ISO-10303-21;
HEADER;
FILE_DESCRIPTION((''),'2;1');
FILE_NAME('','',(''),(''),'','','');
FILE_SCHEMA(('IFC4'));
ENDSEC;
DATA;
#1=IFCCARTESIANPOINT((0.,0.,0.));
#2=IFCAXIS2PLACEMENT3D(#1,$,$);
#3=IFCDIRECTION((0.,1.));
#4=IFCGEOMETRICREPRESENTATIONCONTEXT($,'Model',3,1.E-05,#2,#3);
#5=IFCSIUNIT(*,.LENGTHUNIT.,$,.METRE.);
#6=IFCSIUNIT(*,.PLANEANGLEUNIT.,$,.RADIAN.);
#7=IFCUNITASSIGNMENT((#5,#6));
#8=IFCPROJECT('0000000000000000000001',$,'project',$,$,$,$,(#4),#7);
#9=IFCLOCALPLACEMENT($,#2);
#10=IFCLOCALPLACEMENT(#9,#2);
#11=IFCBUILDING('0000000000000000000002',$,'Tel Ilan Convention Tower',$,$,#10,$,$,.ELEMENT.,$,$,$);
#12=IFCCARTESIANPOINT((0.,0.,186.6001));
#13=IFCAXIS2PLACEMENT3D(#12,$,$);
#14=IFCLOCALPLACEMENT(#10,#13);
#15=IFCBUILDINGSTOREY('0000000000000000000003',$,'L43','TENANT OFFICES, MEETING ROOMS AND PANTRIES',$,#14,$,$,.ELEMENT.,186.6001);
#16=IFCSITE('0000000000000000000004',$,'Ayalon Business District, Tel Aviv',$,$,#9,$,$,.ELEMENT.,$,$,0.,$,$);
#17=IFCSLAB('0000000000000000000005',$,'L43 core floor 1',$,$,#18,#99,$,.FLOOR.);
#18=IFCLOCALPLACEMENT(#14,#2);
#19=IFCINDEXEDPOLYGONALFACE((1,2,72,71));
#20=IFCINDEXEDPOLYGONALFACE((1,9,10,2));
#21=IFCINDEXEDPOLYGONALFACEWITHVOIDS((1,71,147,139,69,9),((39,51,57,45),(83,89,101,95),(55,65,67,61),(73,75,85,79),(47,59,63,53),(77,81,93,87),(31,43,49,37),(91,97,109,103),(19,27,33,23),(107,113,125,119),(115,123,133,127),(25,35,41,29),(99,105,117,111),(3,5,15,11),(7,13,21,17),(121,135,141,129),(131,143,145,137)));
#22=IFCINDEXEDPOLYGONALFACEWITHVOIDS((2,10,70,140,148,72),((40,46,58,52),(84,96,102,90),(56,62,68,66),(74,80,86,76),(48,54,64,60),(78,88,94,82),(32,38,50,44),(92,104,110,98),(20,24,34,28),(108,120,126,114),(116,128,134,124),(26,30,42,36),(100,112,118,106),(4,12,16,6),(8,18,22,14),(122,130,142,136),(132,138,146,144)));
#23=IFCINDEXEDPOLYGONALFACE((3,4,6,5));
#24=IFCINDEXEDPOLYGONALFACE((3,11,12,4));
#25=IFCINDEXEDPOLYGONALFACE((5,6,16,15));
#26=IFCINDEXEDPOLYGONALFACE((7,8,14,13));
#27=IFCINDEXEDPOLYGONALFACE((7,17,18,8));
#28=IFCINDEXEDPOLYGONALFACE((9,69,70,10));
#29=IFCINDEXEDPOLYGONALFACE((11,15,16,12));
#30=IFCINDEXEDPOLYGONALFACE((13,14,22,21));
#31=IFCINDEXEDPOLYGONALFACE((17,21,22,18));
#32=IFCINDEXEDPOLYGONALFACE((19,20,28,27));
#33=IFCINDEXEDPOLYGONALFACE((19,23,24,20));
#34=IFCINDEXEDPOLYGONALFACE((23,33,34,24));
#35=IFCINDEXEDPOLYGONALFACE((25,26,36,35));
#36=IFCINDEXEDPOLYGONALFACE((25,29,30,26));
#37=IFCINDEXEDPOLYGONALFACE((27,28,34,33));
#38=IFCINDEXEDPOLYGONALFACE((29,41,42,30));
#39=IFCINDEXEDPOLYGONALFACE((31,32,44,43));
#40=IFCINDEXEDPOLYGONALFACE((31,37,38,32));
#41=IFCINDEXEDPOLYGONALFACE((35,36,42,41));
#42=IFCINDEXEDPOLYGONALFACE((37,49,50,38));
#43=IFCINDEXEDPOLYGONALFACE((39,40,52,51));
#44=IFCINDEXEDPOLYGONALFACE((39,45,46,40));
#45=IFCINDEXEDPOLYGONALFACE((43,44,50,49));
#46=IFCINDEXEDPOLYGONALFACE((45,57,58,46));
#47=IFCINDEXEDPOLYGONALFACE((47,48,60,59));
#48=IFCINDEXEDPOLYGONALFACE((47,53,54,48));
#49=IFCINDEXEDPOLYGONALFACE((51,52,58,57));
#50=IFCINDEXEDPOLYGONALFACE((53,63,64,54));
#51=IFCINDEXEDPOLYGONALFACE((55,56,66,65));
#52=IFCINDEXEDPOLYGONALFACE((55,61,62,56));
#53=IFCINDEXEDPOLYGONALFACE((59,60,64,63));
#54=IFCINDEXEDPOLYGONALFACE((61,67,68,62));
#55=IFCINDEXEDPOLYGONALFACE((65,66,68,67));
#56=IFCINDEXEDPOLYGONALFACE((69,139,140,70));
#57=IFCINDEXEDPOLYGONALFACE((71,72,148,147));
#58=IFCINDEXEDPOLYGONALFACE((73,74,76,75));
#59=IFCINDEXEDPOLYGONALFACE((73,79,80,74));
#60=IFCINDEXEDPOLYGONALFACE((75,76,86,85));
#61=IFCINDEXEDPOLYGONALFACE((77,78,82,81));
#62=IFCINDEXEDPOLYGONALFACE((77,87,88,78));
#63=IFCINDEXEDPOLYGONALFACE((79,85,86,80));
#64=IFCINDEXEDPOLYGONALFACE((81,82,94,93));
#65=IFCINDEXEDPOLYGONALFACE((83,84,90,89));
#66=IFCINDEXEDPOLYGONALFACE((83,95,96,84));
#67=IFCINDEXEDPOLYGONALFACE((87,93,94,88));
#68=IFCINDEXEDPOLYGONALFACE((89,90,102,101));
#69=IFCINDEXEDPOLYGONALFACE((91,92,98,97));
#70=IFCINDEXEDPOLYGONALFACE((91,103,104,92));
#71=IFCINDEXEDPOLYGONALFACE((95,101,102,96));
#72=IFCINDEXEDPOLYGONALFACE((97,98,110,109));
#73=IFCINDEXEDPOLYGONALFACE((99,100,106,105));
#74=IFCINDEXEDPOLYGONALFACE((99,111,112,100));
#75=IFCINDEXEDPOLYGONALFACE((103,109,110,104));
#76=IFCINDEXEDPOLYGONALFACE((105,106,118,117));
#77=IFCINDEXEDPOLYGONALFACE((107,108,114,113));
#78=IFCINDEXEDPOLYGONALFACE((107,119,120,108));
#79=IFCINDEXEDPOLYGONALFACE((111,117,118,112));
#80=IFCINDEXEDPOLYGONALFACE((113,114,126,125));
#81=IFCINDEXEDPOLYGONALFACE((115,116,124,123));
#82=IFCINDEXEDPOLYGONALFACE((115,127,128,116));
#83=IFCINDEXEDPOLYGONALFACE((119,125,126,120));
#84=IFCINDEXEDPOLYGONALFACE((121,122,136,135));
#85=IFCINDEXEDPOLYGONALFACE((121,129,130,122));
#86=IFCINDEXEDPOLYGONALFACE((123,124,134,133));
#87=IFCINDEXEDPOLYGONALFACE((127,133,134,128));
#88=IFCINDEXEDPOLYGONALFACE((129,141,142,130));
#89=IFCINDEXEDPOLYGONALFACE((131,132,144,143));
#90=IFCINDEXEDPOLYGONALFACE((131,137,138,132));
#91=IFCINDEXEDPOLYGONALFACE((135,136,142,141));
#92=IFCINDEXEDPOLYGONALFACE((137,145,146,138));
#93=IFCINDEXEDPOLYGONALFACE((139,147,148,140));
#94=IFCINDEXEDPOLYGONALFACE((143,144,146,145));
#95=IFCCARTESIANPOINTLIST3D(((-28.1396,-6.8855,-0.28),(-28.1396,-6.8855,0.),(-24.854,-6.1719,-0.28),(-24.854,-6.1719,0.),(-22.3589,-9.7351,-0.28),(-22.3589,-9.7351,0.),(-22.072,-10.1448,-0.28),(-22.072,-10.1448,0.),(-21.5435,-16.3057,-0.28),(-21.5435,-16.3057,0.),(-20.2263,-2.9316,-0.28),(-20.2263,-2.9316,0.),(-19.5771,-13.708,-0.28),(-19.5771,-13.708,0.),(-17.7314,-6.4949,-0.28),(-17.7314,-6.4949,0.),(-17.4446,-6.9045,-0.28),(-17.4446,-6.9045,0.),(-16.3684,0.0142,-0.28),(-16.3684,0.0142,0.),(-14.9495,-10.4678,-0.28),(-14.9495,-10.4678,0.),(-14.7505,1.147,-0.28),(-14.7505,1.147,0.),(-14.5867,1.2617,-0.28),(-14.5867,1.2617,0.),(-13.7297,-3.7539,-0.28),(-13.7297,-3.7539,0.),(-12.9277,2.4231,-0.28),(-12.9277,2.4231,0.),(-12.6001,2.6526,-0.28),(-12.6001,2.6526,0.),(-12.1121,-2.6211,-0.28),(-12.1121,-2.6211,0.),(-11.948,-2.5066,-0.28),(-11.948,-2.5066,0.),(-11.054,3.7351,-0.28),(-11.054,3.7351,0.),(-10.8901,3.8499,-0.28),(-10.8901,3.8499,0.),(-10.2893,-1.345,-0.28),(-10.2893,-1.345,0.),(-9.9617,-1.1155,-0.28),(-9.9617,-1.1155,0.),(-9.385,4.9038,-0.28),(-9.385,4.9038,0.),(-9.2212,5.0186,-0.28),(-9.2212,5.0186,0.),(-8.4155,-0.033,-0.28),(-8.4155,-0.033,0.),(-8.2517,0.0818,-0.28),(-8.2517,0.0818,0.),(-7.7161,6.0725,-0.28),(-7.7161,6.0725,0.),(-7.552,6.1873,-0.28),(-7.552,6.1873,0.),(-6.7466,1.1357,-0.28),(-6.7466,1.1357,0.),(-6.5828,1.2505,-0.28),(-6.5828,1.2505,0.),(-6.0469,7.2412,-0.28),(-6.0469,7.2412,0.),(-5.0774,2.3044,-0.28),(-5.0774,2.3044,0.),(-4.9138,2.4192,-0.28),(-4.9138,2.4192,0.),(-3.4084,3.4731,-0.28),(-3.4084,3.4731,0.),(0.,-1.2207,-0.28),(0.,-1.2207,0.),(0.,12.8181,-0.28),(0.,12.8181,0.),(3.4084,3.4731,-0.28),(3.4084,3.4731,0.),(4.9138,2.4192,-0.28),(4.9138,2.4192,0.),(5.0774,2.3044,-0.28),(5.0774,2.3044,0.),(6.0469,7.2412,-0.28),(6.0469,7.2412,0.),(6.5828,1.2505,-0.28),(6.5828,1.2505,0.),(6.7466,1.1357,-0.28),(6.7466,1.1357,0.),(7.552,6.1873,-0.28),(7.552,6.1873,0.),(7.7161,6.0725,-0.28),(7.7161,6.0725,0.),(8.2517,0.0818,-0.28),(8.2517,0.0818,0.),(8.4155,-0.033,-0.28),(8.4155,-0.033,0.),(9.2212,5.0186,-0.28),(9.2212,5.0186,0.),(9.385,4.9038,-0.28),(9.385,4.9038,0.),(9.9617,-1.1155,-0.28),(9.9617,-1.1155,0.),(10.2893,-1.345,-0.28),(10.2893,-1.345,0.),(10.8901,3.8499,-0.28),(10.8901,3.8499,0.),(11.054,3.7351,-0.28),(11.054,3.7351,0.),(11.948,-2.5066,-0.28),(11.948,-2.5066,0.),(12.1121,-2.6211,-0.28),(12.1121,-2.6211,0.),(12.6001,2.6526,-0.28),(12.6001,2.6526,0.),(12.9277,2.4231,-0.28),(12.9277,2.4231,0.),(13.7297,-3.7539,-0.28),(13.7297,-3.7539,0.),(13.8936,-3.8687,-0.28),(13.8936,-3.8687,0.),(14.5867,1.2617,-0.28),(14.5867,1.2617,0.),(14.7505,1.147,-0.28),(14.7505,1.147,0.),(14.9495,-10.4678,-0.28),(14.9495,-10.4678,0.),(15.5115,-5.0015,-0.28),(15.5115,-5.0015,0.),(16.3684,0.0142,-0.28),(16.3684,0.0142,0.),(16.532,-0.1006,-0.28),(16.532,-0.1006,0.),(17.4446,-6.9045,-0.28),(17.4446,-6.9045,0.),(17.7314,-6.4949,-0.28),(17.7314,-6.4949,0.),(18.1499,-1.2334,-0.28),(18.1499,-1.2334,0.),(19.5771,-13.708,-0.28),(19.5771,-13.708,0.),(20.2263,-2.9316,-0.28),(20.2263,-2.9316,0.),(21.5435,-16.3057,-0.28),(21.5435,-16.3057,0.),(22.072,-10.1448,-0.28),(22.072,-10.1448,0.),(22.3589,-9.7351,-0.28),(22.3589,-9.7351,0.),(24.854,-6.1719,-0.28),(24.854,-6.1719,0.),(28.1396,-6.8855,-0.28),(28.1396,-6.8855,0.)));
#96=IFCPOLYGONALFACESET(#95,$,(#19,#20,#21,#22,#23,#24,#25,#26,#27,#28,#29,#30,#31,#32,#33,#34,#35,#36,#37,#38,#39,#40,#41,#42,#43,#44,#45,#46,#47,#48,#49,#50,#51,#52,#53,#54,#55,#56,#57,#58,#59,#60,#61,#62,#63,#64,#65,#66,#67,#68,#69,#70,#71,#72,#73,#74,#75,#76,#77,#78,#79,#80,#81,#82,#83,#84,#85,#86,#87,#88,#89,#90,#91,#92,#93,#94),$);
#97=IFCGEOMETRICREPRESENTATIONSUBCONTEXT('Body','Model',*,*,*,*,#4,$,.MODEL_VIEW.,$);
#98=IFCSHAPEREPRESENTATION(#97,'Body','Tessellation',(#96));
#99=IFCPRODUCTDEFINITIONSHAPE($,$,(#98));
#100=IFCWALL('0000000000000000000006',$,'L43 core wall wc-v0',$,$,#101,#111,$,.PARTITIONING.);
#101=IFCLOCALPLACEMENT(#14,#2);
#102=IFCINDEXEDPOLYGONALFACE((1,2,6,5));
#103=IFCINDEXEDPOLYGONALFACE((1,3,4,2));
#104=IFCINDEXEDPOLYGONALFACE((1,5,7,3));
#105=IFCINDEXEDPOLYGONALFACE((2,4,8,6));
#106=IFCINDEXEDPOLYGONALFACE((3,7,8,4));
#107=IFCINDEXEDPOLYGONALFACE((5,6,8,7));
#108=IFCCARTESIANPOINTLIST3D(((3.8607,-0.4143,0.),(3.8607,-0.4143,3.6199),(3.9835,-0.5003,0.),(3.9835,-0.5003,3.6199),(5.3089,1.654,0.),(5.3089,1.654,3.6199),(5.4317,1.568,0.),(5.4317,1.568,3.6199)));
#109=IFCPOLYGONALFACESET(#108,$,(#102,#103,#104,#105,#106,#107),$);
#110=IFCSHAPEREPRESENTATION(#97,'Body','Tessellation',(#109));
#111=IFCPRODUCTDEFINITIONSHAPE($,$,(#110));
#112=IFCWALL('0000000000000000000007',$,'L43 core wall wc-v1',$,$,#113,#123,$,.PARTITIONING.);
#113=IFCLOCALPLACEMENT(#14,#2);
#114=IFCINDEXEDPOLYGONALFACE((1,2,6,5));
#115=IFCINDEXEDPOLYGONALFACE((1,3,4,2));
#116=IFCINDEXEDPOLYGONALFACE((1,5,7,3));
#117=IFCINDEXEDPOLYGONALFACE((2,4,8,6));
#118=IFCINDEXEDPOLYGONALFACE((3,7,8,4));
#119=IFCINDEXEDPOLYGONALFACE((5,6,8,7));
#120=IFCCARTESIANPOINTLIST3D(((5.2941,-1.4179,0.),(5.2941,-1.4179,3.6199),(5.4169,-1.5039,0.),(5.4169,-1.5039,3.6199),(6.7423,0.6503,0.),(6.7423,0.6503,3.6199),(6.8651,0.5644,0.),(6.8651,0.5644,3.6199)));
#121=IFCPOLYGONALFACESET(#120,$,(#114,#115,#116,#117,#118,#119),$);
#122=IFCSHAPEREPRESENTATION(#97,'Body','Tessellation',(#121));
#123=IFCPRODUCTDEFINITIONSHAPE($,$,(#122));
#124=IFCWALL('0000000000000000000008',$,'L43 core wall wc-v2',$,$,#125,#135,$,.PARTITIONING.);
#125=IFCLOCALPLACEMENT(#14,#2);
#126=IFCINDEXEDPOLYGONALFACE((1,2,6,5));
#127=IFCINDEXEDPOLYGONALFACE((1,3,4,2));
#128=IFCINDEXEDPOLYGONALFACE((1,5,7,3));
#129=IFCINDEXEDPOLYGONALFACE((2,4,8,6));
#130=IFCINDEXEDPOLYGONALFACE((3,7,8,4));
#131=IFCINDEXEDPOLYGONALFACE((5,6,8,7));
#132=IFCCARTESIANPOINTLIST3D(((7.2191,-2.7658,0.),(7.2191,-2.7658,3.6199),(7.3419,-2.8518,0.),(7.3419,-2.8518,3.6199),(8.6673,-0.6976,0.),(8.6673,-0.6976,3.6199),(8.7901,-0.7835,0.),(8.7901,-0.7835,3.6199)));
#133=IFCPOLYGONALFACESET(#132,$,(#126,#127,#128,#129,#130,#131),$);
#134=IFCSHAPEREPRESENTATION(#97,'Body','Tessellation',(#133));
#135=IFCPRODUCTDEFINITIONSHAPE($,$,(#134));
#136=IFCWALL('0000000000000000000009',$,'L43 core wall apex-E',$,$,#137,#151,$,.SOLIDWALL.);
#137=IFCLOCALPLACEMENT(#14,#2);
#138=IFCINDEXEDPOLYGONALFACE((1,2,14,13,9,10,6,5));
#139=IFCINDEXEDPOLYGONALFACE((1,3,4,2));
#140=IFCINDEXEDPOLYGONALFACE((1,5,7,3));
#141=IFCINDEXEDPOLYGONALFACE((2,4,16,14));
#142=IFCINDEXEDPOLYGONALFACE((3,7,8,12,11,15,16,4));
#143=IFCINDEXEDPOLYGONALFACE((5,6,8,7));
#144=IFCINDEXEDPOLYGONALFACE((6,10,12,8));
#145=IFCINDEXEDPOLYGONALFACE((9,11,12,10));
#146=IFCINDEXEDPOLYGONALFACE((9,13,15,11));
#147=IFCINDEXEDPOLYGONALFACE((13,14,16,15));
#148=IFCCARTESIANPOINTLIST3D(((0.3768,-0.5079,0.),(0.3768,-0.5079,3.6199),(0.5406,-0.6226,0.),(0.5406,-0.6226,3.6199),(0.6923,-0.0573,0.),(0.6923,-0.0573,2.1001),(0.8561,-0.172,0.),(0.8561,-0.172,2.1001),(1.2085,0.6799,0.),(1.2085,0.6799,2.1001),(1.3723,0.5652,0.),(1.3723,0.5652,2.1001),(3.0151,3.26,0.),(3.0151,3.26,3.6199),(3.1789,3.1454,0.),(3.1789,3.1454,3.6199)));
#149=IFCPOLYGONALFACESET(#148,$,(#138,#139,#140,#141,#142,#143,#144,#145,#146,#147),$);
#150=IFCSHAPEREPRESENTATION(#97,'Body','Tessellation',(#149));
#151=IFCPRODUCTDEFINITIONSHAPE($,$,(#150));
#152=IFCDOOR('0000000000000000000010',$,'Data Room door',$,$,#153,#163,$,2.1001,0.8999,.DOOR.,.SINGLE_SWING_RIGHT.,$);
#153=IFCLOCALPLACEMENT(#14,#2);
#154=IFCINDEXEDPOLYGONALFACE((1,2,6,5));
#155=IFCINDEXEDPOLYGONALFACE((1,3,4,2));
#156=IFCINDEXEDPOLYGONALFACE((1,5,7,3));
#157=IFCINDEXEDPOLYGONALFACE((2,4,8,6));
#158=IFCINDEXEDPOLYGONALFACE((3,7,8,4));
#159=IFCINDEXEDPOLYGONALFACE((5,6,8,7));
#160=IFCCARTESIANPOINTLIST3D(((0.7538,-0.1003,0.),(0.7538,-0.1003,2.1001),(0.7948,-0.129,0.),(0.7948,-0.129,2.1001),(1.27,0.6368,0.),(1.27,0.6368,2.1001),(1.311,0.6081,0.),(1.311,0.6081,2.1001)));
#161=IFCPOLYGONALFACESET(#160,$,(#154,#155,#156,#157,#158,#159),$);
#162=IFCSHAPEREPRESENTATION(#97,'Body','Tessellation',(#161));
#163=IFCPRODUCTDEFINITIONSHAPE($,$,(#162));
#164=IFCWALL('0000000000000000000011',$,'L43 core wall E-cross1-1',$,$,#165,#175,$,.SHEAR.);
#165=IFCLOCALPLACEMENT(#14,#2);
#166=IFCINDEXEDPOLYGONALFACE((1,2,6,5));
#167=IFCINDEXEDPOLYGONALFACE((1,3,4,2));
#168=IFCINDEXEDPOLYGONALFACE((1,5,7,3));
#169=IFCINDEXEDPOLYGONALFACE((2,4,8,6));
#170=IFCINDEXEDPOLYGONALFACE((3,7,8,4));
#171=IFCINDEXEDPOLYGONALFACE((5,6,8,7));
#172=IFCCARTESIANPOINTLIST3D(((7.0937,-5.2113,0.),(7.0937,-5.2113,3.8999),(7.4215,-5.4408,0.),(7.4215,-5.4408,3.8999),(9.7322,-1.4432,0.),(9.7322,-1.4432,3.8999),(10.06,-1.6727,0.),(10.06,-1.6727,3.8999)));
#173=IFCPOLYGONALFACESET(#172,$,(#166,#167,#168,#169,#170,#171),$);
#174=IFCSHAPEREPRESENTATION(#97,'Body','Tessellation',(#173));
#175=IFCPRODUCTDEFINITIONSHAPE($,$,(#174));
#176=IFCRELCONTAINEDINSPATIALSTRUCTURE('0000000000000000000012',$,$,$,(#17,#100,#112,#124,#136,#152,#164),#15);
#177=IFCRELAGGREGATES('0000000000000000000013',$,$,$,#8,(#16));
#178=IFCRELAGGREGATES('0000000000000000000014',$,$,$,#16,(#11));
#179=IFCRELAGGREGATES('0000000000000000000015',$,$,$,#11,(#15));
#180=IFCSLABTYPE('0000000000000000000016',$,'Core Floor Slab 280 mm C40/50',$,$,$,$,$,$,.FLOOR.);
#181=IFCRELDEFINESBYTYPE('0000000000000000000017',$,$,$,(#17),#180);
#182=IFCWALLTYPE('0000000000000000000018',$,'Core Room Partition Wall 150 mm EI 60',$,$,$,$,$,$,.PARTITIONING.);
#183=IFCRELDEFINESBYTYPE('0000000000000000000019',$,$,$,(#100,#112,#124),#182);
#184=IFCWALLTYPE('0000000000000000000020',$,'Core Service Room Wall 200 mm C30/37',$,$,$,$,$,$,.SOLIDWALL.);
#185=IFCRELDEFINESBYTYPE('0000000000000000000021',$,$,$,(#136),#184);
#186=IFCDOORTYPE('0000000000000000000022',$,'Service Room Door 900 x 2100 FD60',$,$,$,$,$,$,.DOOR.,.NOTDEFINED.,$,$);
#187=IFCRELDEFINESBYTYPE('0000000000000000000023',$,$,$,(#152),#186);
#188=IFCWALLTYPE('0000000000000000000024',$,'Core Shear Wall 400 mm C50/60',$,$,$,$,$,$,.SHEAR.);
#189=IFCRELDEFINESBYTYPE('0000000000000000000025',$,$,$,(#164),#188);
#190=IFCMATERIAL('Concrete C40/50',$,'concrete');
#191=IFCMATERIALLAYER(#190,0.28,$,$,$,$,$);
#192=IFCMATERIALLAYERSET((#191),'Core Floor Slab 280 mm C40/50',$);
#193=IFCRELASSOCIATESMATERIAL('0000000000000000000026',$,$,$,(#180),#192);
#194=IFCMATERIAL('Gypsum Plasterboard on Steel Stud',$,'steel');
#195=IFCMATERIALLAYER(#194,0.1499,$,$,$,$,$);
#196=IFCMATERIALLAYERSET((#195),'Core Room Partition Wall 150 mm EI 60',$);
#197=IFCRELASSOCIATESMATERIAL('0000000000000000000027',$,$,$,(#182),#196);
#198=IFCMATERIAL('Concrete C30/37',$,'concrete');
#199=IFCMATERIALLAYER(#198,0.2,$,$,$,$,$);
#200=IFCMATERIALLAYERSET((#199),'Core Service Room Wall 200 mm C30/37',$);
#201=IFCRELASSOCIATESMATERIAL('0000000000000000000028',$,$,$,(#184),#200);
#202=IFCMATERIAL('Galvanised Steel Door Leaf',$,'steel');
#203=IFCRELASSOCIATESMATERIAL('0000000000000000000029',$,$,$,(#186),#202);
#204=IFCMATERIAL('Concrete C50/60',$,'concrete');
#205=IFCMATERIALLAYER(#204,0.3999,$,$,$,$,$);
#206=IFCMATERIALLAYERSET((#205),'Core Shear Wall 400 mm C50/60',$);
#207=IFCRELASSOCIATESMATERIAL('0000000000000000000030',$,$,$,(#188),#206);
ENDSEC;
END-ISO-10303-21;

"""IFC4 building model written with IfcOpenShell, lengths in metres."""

from ifc_helpers import new_model, si_unit, direction, frame, frame_2d, origin, place, context, subcontext, project, spatial, polyline, rectangle, outline, extrude, material, layer, layer_set, type_object, element, fill, save


model = new_model("IFC4")

# Units and contexts
model_context = context("Model", 3, precision=1e-05, world=origin(), true_north=direction((0.0, 1.0)))
body_context = subcontext(model_context, "Body", "Model", "MODEL_VIEW")
ifc_project = project(units=[si_unit("LENGTHUNIT", "METRE"), si_unit("PLANEANGLEUNIT", "RADIAN")], contexts=[model_context])

# Site, building, storey
site_placement = place(None, origin())
site = spatial("IfcSite", under=ifc_project, at=site_placement, Name="Ayalon Business District, Tel Aviv", CompositionType="ELEMENT", RefElevation=0.0)
building_placement = place(site_placement, origin())
building = spatial("IfcBuilding", under=site, at=building_placement, Name="Tel Ilan Convention Tower", CompositionType="ELEMENT")
storey_placement = place(building_placement, frame((0.0, 0.0, 186.6001)))
storey = spatial("IfcBuildingStorey", under=building, at=storey_placement, Name="L43", Description="TENANT OFFICES, MEETING ROOMS AND PANTRIES", CompositionType="ELEMENT", Elevation=186.6001)

# Slab
ifc_material_1 = material(Name="Concrete C40/50", Category="concrete")
ifc_layer_1 = layer(ifc_material_1, 0.28)
ifc_layer_set_1 = layer_set([ifc_layer_1], Name="Core Floor Slab 280 mm C40/50")
slab_type_1 = type_object("IfcSlabType", Name="Core Floor Slab 280 mm C40/50", PredefinedType="FLOOR", material=ifc_layer_set_1)
slab_1_placement = place(storey_placement, frame((0.0, 0.0, -0.28)))
element("IfcSlab", 1, at=slab_1_placement, inside=storey, type_object=slab_type_1, Name="L43 core floor 1", PredefinedType="FLOOR", context=body_context, shape_type="SweptSolid", body=[
    extrude(outline(polyline([(-28.1396, -6.8855), (0.0, 12.8181), (28.1396, -6.8855), (21.5435, -16.3057), (0.0, -1.2207), (-21.5435, -16.3057), (-28.1396, -6.8855)]), holes=[polyline([(-14.9495, -10.4678), (-17.4446, -6.9045), (-22.072, -10.1448), (-19.5771, -13.708), (-14.9495, -10.4678)]), polyline([(-17.7314, -6.4949), (-20.2263, -2.9316), (-24.854, -6.1719), (-22.3589, -9.7351), (-17.7314, -6.4949)]), polyline([(-14.7505, 1.147), (-16.3684, 0.0142), (-13.7297, -3.7539), (-12.1121, -2.6211), (-14.7505, 1.147)]), polyline([(-12.9277, 2.4231), (-14.5867, 1.2617), (-11.948, -2.5066), (-10.2893, -1.345), (-12.9277, 2.4231)]), polyline([(-11.054, 3.7351), (-12.6001, 2.6526), (-9.9617, -1.1155), (-8.4155, -0.033), (-11.054, 3.7351)]), polyline([(-9.385, 4.9038), (-10.8901, 3.8499), (-8.2517, 0.0818), (-6.7466, 1.1357), (-9.385, 4.9038)]), polyline([(-7.7161, 6.0725), (-9.2212, 5.0186), (-6.5828, 1.2505), (-5.0774, 2.3044), (-7.7161, 6.0725)]), polyline([(-6.0469, 7.2412), (-7.552, 6.1873), (-4.9138, 2.4192), (-3.4084, 3.4731), (-6.0469, 7.2412)]), polyline([(4.9138, 2.4192), (7.552, 6.1873), (6.0469, 7.2412), (3.4084, 3.4731), (4.9138, 2.4192)]), polyline([(17.4446, -6.9045), (14.9495, -10.4678), (19.5771, -13.708), (22.072, -10.1448), (17.4446, -6.9045)]), polyline([(20.2263, -2.9316), (17.7314, -6.4949), (22.3589, -9.7351), (24.854, -6.1719), (20.2263, -2.9316)]), polyline([(15.5115, -5.0015), (18.1499, -1.2334), (16.532, -0.1006), (13.8936, -3.8687), (15.5115, -5.0015)]), polyline([(13.7297, -3.7539), (16.3684, 0.0142), (14.7505, 1.147), (12.1121, -2.6211), (13.7297, -3.7539)]), polyline([(11.948, -2.5066), (14.5867, 1.2617), (12.9277, 2.4231), (10.2893, -1.345), (11.948, -2.5066)]), polyline([(9.9617, -1.1155), (12.6001, 2.6526), (11.054, 3.7351), (8.4155, -0.033), (9.9617, -1.1155)]), polyline([(6.7466, 1.1357), (8.2517, 0.0818), (10.8901, 3.8499), (9.385, 4.9038), (6.7466, 1.1357)]), polyline([(5.0774, 2.3044), (6.5828, 1.2505), (9.2212, 5.0186), (7.7161, 6.0725), (5.0774, 2.3044)])]), origin(), (0.0, 0.0, 1.0), 0.28),
])

# Walls
ifc_material_2 = material(Name="Gypsum Plasterboard on Steel Stud", Category="steel")
ifc_layer_2 = layer(ifc_material_2, 0.1499)
ifc_layer_set_2 = layer_set([ifc_layer_2], Name="Core Room Partition Wall 150 mm EI 60")
wall_type_1 = type_object("IfcWallType", Name="Core Room Partition Wall 150 mm EI 60", PredefinedType="PARTITIONING", material=ifc_layer_set_2)
for number, where, z_axis, x_axis, name in (
    (2, (3.9221, -0.4573, 0.0), (0.0, 0.0, 1.0), (0.573566, 0.819159, 0.0), "L43 core wall wc-v0"),
    (3, (5.3555, -1.4609, 0.0), (0.0, 0.0, 1.0), (0.573566, 0.819159, 0.0), "L43 core wall wc-v1"),
    (4, (7.2805, -2.8088, 0.0), (0.0, 0.0, 1.0), (0.573566, 0.819159, 0.0), "L43 core wall wc-v2"),
):
    element("IfcWall", number, at=place(storey_placement, frame(where, z_axis=z_axis, x_axis=x_axis)), inside=storey, type_object=wall_type_1, Name=name, PredefinedType="PARTITIONING", context=body_context, shape_type="SweptSolid", body=[
        extrude(rectangle(XDim=2.5249, YDim=0.1499, at=frame_2d((1.2625, 0.0))), origin(), (0.0, 0.0, 1.0), 3.6199),
    ])

# Wall, opening, door
ifc_material_3 = material(Name="Concrete C30/37", Category="concrete")
ifc_layer_3 = layer(ifc_material_3, 0.2)
ifc_layer_set_3 = layer_set([ifc_layer_3], Name="Core Service Room Wall 200 mm C30/37")
wall_type_2 = type_object("IfcWallType", Name="Core Service Room Wall 200 mm C30/37", PredefinedType="SOLIDWALL", material=ifc_layer_set_3)
wall_1_placement = place(storey_placement, frame((0.4587, -0.5652, 0.0), z_axis=(0.0, 0.0, 1.0), x_axis=(0.573576, 0.819152, 0.0)))
wall_1 = element("IfcWall", 5, at=wall_1_placement, inside=storey, type_object=wall_type_2, Name="L43 core wall apex-E", PredefinedType="SOLIDWALL", context=body_context, shape_type="SweptSolid", body=[
    extrude(rectangle(XDim=4.5999, YDim=0.2, at=frame_2d((2.2998, 0.0))), origin(), (0.0, 0.0, 1.0), 3.6199),
])
opening_1_placement = place(wall_1_placement, frame((0.55, 0.0, 0.0)))
opening_1 = element("IfcOpeningElement", 6, at=opening_1_placement, cuts=wall_1, PredefinedType="OPENING", context=body_context, shape_type="SweptSolid", body=[
    extrude(rectangle(XDim=0.8999, YDim=2.1001, at=frame_2d((0.45, 1.05))), frame((0.0, 0.1099, 0.0), z_axis=(0.0, -1.0, 0.0), x_axis=(1.0, 0.0, 0.0)), (0.0, 0.0, 1.0), 0.22),
])
ifc_material_4 = material(Name="Galvanised Steel Door Leaf", Category="steel")
door_type_1 = type_object("IfcDoorType", Name="Service Room Door 900 x 2100 FD60", OperationType="NOTDEFINED", PredefinedType="DOOR", material=ifc_material_4)
door_1_placement = place(opening_1_placement, origin())
door_1 = element("IfcDoor", 7, at=door_1_placement, inside=storey, type_object=door_type_1, Name="Data Room door", OperationType="SINGLE_SWING_RIGHT", OverallHeight=2.1001, OverallWidth=0.8999, PredefinedType="DOOR", context=body_context, shape_type="SweptSolid", body=[
    extrude(rectangle(XDim=0.8999, YDim=2.1001, at=frame_2d((0.45, 1.05))), frame((0.0, 0.0249, 0.0), z_axis=(0.0, -1.0, 0.0), x_axis=(1.0, 0.0, 0.0)), (0.0, 0.0, 1.0), 0.05),
])
fill(opening_1, door_1)

# Wall
ifc_material_5 = material(Name="Concrete C50/60", Category="concrete")
ifc_layer_4 = layer(ifc_material_5, 0.3999)
ifc_layer_set_4 = layer_set([ifc_layer_4], Name="Core Shear Wall 400 mm C50/60")
wall_type_3 = type_object("IfcWallType", Name="Core Shear Wall 400 mm C50/60", PredefinedType="SHEAR", material=ifc_layer_set_4)
wall_2_placement = place(storey_placement, frame((7.2578, -5.3259, 0.0), z_axis=(0.0, 0.0, 1.0), x_axis=(0.573541, 0.819177, 0.0)))
element("IfcWall", 8, at=wall_2_placement, inside=storey, type_object=wall_type_3, Name="L43 core wall E-cross1-1", PredefinedType="SHEAR", context=body_context, shape_type="SweptSolid", body=[
    extrude(outline(polyline([(-0.0002, 0.2002), (-0.0002, -0.2), (4.5999, -0.2002), (4.5999, 0.2), (-0.0002, 0.2002)])), origin(), (0.0, 0.0, 1.0), 3.8999),
])

save(model, "model.ifc")
